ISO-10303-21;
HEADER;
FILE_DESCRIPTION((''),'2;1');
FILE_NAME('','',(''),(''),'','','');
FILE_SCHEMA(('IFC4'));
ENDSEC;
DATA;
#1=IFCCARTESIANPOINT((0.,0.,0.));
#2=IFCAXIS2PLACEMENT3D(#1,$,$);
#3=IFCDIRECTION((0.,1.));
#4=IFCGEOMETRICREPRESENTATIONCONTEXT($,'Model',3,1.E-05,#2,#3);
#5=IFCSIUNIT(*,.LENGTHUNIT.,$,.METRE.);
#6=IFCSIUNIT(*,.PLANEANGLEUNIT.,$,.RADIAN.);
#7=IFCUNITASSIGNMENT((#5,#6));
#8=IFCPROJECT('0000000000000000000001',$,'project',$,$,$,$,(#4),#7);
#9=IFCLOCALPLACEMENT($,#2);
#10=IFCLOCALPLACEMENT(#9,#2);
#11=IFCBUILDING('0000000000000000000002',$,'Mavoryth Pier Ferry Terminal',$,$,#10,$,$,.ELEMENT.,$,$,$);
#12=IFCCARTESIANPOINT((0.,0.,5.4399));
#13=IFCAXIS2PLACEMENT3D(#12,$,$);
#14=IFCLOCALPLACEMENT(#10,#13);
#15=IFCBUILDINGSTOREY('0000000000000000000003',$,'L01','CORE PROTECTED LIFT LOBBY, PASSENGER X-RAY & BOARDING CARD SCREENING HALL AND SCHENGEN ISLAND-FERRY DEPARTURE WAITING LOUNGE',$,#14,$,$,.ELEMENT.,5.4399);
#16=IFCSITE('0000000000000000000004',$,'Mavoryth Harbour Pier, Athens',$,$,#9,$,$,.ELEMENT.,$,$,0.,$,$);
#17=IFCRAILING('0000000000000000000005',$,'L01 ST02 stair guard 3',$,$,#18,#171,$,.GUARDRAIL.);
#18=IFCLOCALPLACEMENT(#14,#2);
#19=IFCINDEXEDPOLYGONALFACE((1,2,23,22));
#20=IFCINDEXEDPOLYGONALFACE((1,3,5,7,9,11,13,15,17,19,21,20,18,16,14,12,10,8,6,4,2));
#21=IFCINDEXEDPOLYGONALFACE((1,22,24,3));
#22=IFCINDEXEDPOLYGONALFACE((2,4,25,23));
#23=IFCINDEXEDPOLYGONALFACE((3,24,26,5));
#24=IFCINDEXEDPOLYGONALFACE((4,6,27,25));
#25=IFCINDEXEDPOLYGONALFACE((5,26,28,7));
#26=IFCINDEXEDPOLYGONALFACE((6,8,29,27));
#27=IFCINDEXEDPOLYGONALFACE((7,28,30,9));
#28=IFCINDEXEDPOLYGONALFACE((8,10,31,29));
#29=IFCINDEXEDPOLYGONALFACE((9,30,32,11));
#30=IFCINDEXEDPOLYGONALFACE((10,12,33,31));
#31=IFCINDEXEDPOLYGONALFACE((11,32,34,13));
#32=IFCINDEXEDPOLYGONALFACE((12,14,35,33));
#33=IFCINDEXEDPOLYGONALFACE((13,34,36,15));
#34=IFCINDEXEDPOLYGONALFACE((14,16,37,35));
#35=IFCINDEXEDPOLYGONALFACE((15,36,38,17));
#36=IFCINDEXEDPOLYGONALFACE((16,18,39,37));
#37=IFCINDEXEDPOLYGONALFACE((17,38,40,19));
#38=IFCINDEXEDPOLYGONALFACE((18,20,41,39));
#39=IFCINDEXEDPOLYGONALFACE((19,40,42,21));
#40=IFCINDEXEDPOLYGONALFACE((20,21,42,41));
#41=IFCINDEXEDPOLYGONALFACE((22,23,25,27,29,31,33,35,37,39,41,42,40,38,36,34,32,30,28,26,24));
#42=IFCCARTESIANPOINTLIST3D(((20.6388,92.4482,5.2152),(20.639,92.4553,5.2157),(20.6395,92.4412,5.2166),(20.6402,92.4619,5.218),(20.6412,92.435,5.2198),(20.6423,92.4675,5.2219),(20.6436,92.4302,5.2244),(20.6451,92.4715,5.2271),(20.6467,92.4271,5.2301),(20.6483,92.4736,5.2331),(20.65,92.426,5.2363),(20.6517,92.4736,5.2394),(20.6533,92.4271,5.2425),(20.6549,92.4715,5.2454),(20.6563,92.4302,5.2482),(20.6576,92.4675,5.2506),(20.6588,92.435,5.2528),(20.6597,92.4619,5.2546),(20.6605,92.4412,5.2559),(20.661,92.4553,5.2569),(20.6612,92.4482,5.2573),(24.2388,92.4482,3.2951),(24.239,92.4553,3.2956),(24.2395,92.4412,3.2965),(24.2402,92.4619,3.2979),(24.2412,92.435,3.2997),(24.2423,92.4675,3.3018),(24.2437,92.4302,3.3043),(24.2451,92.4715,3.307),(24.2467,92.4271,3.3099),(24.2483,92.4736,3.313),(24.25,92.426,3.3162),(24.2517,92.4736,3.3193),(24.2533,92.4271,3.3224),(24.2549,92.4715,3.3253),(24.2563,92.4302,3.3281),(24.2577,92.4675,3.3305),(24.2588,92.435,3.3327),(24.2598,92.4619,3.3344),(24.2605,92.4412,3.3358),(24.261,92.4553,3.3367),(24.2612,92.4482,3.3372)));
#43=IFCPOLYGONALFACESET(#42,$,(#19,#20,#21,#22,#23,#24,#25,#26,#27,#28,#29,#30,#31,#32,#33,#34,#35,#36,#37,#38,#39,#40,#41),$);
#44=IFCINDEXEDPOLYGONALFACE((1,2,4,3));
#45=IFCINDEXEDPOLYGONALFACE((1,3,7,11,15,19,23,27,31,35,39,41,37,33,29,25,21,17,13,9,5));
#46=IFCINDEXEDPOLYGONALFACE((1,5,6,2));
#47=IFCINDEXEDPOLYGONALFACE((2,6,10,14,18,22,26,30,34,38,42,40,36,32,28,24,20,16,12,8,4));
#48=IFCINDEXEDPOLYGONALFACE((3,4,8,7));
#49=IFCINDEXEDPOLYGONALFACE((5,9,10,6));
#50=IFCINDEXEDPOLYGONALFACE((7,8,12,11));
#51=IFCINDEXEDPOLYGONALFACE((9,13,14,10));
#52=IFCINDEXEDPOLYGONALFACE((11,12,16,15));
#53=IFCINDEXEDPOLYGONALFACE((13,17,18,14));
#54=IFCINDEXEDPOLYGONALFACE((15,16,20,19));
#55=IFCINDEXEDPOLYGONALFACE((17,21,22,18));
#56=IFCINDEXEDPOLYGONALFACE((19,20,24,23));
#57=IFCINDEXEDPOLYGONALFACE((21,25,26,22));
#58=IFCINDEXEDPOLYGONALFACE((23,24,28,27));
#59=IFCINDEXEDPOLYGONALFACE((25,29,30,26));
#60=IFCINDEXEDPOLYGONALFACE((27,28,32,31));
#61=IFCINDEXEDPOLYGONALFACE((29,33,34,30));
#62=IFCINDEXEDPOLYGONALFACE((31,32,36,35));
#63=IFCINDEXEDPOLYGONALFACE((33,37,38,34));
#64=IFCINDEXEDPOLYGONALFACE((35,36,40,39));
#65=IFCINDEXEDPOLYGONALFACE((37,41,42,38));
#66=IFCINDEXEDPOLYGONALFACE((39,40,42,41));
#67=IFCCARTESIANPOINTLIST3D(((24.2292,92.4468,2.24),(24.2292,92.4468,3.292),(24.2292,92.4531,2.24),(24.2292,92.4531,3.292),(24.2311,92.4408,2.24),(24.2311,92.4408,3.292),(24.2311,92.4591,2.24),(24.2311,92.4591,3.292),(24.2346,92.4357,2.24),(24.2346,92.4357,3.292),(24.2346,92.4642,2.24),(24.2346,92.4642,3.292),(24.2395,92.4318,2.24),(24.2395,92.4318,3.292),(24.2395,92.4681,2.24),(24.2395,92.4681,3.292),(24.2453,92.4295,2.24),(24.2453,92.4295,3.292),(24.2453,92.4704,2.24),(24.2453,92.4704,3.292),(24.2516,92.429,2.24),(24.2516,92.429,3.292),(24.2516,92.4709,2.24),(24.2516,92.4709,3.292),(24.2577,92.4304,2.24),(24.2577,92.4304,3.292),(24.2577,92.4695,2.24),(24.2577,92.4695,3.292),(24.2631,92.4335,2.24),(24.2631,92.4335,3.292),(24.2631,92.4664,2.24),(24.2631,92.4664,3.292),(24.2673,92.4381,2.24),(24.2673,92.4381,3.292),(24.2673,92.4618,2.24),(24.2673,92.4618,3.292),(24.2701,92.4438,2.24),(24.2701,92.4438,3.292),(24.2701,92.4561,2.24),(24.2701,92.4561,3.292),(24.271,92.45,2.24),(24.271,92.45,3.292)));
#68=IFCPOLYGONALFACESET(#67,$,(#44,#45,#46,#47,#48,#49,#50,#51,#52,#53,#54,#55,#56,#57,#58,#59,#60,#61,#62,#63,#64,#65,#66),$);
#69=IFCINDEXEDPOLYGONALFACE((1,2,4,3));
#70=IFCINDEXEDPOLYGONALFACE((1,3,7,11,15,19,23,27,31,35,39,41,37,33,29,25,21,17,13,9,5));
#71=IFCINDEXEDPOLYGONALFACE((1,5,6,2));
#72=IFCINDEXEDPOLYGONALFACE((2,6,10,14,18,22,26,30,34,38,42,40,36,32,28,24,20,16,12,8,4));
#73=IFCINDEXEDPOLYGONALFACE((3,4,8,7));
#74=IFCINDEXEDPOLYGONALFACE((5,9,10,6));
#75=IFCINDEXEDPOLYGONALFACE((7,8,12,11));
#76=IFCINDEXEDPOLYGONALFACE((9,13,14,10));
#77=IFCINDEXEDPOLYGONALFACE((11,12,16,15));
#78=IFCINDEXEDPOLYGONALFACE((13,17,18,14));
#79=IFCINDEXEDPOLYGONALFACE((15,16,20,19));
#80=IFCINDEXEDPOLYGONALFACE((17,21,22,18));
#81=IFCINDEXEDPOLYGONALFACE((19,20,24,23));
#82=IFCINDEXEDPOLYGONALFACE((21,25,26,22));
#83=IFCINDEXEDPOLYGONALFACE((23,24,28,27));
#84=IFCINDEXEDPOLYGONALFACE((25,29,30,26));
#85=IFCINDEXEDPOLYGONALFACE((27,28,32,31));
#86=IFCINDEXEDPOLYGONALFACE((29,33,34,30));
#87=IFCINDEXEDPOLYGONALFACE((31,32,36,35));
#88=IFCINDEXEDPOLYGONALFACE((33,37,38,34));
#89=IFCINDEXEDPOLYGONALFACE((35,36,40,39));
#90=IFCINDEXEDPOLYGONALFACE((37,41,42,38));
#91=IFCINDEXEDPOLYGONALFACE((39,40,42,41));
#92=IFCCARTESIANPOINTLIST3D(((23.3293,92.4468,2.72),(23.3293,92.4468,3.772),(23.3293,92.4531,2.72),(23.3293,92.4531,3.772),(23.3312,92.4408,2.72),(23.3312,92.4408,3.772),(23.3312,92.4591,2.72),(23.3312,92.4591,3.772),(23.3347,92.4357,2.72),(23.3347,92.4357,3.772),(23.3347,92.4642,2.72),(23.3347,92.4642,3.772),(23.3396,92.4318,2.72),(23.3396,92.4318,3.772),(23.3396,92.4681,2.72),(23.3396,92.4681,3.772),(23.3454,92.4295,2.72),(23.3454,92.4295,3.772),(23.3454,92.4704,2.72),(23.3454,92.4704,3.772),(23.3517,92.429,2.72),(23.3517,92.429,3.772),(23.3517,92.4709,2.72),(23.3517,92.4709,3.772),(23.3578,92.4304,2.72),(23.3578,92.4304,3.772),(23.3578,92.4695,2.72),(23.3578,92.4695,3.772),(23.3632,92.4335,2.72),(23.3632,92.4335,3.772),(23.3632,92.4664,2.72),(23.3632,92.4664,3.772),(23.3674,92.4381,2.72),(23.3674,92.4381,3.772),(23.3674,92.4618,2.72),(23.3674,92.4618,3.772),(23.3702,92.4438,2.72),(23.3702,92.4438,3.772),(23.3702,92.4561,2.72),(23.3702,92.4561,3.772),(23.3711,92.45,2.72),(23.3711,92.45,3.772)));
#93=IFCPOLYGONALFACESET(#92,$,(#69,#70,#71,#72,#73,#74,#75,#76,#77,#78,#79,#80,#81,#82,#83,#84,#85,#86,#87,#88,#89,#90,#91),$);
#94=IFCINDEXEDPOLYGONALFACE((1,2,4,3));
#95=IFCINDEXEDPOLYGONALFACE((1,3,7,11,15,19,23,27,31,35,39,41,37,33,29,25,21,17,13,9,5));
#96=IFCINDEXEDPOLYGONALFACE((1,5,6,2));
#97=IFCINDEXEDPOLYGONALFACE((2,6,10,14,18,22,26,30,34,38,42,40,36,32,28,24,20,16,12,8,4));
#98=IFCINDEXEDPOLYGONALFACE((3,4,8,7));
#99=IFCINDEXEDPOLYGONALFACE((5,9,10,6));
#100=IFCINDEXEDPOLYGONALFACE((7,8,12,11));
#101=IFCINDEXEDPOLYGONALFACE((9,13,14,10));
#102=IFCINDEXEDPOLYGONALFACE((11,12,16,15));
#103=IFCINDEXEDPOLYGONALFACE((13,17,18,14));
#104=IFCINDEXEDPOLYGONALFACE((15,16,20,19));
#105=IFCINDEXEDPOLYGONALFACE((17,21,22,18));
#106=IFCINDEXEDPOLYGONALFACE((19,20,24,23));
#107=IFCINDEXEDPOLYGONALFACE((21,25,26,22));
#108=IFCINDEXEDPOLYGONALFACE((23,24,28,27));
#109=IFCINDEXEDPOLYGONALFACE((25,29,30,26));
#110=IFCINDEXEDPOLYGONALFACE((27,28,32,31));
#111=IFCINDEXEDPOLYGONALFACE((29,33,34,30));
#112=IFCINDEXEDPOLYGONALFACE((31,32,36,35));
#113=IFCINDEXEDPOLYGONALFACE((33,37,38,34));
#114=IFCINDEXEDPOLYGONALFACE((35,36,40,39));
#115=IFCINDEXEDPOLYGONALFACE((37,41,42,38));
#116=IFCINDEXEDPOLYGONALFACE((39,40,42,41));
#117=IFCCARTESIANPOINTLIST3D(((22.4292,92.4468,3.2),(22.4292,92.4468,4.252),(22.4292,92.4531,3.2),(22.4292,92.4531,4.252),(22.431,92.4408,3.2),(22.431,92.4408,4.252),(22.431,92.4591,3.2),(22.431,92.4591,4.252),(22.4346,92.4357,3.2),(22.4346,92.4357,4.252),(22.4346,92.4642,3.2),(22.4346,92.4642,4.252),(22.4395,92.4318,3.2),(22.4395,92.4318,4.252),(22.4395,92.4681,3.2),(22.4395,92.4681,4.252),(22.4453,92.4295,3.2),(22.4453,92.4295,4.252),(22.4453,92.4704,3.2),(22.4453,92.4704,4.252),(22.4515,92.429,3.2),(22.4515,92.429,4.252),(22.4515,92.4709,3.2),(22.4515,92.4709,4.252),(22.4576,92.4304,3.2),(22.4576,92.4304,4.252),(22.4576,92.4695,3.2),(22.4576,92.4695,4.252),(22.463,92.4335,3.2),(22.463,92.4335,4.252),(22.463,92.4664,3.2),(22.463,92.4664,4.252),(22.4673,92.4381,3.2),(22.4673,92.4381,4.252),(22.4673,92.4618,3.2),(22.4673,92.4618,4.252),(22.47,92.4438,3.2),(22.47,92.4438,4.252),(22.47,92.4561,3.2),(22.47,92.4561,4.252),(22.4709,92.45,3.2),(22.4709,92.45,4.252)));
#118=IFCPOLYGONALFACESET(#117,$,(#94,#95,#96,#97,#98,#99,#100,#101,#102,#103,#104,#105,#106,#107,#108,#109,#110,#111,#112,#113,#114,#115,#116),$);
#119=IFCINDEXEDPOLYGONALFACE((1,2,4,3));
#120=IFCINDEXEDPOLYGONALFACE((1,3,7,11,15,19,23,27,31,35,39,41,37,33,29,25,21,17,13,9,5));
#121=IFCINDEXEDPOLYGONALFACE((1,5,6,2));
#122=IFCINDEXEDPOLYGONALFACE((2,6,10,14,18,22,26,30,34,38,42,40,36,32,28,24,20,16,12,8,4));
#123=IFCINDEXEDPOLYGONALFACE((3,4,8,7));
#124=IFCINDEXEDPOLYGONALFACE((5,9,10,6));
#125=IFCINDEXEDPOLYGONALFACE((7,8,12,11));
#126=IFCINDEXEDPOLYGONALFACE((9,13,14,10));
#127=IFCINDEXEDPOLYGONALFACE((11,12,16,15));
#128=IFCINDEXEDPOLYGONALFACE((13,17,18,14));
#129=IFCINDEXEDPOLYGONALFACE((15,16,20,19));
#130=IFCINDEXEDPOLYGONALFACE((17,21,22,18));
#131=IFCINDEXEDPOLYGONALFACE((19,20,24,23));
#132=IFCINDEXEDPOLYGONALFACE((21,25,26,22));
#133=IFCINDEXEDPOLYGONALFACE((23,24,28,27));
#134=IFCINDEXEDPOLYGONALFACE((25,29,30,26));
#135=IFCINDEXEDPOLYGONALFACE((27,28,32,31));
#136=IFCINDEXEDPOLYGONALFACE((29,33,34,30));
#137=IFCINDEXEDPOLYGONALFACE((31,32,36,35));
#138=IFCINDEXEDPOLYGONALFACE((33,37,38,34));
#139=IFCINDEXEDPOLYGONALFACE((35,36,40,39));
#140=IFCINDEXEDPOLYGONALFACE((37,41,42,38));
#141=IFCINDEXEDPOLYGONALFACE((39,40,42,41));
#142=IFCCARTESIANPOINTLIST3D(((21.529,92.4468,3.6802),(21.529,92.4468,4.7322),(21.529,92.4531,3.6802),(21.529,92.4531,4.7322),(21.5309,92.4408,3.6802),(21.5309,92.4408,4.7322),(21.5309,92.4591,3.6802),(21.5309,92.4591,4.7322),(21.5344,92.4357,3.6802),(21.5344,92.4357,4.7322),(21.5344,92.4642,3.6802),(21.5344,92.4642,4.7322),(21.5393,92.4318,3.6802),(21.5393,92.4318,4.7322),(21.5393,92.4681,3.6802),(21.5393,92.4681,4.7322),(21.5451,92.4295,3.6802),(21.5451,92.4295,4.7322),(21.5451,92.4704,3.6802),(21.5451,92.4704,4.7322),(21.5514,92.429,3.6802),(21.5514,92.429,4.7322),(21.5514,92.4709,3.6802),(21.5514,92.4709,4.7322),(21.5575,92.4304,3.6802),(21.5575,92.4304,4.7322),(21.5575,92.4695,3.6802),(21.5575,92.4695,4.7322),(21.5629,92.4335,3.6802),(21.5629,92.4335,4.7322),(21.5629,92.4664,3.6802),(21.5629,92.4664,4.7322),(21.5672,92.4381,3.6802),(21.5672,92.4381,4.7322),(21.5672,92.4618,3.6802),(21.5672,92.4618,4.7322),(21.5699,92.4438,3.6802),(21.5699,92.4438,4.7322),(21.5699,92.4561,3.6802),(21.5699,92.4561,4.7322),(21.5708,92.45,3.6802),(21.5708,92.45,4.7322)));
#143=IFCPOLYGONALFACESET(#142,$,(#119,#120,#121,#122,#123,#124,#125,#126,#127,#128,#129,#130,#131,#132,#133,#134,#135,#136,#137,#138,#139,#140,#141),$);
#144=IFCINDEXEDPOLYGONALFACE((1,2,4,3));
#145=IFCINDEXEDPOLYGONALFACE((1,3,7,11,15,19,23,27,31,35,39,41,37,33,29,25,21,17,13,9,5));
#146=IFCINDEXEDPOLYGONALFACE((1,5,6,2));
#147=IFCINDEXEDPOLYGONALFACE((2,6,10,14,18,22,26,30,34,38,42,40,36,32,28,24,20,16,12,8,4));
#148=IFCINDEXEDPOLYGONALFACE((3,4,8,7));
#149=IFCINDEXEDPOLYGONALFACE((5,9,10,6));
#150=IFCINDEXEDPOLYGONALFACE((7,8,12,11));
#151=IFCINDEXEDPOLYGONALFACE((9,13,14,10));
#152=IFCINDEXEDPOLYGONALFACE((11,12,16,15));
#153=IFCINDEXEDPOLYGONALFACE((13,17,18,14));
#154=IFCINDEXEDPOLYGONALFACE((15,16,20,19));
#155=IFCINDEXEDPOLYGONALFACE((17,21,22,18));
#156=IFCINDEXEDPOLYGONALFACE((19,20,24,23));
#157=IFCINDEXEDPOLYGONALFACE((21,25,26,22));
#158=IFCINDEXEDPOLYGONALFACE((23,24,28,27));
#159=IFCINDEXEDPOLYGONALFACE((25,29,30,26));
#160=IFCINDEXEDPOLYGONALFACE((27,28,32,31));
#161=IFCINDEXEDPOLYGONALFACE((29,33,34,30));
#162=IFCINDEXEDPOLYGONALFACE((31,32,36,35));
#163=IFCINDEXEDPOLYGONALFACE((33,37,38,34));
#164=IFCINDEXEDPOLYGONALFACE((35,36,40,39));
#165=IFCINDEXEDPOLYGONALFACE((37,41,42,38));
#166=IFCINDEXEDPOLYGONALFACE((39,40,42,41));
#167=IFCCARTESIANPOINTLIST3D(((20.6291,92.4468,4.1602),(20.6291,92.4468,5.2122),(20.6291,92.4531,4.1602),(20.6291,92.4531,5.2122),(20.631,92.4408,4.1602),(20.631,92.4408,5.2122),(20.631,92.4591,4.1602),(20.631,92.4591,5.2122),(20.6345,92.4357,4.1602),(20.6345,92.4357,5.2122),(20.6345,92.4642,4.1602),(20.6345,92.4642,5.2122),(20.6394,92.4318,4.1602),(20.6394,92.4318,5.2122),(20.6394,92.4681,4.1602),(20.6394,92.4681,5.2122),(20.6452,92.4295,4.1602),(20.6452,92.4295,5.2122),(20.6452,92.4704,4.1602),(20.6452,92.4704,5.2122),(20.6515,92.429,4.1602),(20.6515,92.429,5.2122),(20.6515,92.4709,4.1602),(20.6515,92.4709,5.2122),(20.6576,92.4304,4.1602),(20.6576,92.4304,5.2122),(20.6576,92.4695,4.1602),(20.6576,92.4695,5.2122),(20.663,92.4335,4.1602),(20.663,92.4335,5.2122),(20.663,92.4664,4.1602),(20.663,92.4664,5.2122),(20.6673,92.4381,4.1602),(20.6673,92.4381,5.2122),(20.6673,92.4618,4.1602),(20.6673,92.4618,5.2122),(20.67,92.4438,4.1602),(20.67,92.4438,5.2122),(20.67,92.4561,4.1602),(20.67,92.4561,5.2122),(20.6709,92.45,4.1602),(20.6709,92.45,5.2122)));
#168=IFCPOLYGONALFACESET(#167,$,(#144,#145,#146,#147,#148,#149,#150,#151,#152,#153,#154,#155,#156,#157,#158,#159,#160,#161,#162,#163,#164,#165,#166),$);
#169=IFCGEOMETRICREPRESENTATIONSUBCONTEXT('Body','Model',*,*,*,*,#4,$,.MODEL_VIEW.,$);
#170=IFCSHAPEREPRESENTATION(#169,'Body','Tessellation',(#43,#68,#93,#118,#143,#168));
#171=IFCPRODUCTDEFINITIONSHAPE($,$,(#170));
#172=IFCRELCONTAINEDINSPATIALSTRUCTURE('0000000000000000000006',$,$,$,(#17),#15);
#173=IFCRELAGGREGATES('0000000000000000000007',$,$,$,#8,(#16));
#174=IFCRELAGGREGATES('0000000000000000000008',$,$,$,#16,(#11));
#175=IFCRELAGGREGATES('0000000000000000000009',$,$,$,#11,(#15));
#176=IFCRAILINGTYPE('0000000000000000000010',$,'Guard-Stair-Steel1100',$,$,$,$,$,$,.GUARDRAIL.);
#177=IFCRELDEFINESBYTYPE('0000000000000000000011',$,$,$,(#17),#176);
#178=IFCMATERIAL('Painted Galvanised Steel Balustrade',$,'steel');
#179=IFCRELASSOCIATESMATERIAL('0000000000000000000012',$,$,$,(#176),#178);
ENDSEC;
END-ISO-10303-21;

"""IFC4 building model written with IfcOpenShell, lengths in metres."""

from ifc_helpers import new_model, si_unit, direction, frame, origin, origin_2d, place, context, subcontext, project, spatial, circle, extrude, material, type_object, element, save


model = new_model("IFC4")

# Units and contexts
model_context = context("Model", 3, precision=1e-05, world=origin(), true_north=direction((0.0, 1.0)))
body_context = subcontext(model_context, "Body", "Model", "MODEL_VIEW")
ifc_project = project(units=[si_unit("LENGTHUNIT", "METRE"), si_unit("PLANEANGLEUNIT", "RADIAN")], contexts=[model_context])

# Site, building, storey
site_placement = place(None, origin())
site = spatial("IfcSite", under=ifc_project, at=site_placement, Name="Mavoryth Harbour Pier, Athens", CompositionType="ELEMENT", RefElevation=0.0)
building_placement = place(site_placement, origin())
building = spatial("IfcBuilding", under=site, at=building_placement, Name="Mavoryth Pier Ferry Terminal", CompositionType="ELEMENT")
storey_placement = place(building_placement, frame((0.0, 0.0, 5.4399)))
storey = spatial("IfcBuildingStorey", under=building, at=storey_placement, Name="L01", Description="CORE PROTECTED LIFT LOBBY, PASSENGER X-RAY & BOARDING CARD SCREENING HALL AND SCHENGEN ISLAND-FERRY DEPARTURE WAITING LOUNGE", CompositionType="ELEMENT", Elevation=5.4399)

# Railing
ifc_material_1 = material(Name="Painted Galvanised Steel Balustrade", Category="steel")
railing_type_1 = type_object("IfcRailingType", Name="Guard-Stair-Steel1100", PredefinedType="GUARDRAIL", material=ifc_material_1)
railing_1_placement = place(storey_placement, frame((24.25, 92.45, 2.24)))
element("IfcRailing", 1, at=railing_1_placement, inside=storey, type_object=railing_type_1, Name="L01 ST02 stair guard 3", PredefinedType="GUARDRAIL", context=body_context, shape_type="SweptSolid", body=[
    extrude(circle(Radius=0.0239, at=origin_2d()), frame((0.0, 0.0, 1.0762), z_axis=(-0.882341, 0.0, 0.47061), x_axis=(0.0, -1.0, 0.0)), (0.0, 0.0, 1.0), 4.0801),
    extrude(circle(Radius=0.021, at=origin_2d()), origin(), (0.0, 0.0, 1.0), 1.052),
    extrude(circle(Radius=0.021, at=origin_2d()), frame((-0.8999, 0.0, 0.48)), (0.0, 0.0, 1.0), 1.052),
    extrude(circle(Radius=0.021, at=origin_2d()), frame((-1.8, 0.0, 0.96)), (0.0, 0.0, 1.0), 1.052),
    extrude(circle(Radius=0.021, at=origin_2d()), frame((-2.7002, 0.0, 1.4402)), (0.0, 0.0, 1.0), 1.052),
    extrude(circle(Radius=0.021, at=origin_2d()), frame((-3.6001, 0.0, 1.9202)), (0.0, 0.0, 1.0), 1.052),
])

save(model, "model.ifc")
